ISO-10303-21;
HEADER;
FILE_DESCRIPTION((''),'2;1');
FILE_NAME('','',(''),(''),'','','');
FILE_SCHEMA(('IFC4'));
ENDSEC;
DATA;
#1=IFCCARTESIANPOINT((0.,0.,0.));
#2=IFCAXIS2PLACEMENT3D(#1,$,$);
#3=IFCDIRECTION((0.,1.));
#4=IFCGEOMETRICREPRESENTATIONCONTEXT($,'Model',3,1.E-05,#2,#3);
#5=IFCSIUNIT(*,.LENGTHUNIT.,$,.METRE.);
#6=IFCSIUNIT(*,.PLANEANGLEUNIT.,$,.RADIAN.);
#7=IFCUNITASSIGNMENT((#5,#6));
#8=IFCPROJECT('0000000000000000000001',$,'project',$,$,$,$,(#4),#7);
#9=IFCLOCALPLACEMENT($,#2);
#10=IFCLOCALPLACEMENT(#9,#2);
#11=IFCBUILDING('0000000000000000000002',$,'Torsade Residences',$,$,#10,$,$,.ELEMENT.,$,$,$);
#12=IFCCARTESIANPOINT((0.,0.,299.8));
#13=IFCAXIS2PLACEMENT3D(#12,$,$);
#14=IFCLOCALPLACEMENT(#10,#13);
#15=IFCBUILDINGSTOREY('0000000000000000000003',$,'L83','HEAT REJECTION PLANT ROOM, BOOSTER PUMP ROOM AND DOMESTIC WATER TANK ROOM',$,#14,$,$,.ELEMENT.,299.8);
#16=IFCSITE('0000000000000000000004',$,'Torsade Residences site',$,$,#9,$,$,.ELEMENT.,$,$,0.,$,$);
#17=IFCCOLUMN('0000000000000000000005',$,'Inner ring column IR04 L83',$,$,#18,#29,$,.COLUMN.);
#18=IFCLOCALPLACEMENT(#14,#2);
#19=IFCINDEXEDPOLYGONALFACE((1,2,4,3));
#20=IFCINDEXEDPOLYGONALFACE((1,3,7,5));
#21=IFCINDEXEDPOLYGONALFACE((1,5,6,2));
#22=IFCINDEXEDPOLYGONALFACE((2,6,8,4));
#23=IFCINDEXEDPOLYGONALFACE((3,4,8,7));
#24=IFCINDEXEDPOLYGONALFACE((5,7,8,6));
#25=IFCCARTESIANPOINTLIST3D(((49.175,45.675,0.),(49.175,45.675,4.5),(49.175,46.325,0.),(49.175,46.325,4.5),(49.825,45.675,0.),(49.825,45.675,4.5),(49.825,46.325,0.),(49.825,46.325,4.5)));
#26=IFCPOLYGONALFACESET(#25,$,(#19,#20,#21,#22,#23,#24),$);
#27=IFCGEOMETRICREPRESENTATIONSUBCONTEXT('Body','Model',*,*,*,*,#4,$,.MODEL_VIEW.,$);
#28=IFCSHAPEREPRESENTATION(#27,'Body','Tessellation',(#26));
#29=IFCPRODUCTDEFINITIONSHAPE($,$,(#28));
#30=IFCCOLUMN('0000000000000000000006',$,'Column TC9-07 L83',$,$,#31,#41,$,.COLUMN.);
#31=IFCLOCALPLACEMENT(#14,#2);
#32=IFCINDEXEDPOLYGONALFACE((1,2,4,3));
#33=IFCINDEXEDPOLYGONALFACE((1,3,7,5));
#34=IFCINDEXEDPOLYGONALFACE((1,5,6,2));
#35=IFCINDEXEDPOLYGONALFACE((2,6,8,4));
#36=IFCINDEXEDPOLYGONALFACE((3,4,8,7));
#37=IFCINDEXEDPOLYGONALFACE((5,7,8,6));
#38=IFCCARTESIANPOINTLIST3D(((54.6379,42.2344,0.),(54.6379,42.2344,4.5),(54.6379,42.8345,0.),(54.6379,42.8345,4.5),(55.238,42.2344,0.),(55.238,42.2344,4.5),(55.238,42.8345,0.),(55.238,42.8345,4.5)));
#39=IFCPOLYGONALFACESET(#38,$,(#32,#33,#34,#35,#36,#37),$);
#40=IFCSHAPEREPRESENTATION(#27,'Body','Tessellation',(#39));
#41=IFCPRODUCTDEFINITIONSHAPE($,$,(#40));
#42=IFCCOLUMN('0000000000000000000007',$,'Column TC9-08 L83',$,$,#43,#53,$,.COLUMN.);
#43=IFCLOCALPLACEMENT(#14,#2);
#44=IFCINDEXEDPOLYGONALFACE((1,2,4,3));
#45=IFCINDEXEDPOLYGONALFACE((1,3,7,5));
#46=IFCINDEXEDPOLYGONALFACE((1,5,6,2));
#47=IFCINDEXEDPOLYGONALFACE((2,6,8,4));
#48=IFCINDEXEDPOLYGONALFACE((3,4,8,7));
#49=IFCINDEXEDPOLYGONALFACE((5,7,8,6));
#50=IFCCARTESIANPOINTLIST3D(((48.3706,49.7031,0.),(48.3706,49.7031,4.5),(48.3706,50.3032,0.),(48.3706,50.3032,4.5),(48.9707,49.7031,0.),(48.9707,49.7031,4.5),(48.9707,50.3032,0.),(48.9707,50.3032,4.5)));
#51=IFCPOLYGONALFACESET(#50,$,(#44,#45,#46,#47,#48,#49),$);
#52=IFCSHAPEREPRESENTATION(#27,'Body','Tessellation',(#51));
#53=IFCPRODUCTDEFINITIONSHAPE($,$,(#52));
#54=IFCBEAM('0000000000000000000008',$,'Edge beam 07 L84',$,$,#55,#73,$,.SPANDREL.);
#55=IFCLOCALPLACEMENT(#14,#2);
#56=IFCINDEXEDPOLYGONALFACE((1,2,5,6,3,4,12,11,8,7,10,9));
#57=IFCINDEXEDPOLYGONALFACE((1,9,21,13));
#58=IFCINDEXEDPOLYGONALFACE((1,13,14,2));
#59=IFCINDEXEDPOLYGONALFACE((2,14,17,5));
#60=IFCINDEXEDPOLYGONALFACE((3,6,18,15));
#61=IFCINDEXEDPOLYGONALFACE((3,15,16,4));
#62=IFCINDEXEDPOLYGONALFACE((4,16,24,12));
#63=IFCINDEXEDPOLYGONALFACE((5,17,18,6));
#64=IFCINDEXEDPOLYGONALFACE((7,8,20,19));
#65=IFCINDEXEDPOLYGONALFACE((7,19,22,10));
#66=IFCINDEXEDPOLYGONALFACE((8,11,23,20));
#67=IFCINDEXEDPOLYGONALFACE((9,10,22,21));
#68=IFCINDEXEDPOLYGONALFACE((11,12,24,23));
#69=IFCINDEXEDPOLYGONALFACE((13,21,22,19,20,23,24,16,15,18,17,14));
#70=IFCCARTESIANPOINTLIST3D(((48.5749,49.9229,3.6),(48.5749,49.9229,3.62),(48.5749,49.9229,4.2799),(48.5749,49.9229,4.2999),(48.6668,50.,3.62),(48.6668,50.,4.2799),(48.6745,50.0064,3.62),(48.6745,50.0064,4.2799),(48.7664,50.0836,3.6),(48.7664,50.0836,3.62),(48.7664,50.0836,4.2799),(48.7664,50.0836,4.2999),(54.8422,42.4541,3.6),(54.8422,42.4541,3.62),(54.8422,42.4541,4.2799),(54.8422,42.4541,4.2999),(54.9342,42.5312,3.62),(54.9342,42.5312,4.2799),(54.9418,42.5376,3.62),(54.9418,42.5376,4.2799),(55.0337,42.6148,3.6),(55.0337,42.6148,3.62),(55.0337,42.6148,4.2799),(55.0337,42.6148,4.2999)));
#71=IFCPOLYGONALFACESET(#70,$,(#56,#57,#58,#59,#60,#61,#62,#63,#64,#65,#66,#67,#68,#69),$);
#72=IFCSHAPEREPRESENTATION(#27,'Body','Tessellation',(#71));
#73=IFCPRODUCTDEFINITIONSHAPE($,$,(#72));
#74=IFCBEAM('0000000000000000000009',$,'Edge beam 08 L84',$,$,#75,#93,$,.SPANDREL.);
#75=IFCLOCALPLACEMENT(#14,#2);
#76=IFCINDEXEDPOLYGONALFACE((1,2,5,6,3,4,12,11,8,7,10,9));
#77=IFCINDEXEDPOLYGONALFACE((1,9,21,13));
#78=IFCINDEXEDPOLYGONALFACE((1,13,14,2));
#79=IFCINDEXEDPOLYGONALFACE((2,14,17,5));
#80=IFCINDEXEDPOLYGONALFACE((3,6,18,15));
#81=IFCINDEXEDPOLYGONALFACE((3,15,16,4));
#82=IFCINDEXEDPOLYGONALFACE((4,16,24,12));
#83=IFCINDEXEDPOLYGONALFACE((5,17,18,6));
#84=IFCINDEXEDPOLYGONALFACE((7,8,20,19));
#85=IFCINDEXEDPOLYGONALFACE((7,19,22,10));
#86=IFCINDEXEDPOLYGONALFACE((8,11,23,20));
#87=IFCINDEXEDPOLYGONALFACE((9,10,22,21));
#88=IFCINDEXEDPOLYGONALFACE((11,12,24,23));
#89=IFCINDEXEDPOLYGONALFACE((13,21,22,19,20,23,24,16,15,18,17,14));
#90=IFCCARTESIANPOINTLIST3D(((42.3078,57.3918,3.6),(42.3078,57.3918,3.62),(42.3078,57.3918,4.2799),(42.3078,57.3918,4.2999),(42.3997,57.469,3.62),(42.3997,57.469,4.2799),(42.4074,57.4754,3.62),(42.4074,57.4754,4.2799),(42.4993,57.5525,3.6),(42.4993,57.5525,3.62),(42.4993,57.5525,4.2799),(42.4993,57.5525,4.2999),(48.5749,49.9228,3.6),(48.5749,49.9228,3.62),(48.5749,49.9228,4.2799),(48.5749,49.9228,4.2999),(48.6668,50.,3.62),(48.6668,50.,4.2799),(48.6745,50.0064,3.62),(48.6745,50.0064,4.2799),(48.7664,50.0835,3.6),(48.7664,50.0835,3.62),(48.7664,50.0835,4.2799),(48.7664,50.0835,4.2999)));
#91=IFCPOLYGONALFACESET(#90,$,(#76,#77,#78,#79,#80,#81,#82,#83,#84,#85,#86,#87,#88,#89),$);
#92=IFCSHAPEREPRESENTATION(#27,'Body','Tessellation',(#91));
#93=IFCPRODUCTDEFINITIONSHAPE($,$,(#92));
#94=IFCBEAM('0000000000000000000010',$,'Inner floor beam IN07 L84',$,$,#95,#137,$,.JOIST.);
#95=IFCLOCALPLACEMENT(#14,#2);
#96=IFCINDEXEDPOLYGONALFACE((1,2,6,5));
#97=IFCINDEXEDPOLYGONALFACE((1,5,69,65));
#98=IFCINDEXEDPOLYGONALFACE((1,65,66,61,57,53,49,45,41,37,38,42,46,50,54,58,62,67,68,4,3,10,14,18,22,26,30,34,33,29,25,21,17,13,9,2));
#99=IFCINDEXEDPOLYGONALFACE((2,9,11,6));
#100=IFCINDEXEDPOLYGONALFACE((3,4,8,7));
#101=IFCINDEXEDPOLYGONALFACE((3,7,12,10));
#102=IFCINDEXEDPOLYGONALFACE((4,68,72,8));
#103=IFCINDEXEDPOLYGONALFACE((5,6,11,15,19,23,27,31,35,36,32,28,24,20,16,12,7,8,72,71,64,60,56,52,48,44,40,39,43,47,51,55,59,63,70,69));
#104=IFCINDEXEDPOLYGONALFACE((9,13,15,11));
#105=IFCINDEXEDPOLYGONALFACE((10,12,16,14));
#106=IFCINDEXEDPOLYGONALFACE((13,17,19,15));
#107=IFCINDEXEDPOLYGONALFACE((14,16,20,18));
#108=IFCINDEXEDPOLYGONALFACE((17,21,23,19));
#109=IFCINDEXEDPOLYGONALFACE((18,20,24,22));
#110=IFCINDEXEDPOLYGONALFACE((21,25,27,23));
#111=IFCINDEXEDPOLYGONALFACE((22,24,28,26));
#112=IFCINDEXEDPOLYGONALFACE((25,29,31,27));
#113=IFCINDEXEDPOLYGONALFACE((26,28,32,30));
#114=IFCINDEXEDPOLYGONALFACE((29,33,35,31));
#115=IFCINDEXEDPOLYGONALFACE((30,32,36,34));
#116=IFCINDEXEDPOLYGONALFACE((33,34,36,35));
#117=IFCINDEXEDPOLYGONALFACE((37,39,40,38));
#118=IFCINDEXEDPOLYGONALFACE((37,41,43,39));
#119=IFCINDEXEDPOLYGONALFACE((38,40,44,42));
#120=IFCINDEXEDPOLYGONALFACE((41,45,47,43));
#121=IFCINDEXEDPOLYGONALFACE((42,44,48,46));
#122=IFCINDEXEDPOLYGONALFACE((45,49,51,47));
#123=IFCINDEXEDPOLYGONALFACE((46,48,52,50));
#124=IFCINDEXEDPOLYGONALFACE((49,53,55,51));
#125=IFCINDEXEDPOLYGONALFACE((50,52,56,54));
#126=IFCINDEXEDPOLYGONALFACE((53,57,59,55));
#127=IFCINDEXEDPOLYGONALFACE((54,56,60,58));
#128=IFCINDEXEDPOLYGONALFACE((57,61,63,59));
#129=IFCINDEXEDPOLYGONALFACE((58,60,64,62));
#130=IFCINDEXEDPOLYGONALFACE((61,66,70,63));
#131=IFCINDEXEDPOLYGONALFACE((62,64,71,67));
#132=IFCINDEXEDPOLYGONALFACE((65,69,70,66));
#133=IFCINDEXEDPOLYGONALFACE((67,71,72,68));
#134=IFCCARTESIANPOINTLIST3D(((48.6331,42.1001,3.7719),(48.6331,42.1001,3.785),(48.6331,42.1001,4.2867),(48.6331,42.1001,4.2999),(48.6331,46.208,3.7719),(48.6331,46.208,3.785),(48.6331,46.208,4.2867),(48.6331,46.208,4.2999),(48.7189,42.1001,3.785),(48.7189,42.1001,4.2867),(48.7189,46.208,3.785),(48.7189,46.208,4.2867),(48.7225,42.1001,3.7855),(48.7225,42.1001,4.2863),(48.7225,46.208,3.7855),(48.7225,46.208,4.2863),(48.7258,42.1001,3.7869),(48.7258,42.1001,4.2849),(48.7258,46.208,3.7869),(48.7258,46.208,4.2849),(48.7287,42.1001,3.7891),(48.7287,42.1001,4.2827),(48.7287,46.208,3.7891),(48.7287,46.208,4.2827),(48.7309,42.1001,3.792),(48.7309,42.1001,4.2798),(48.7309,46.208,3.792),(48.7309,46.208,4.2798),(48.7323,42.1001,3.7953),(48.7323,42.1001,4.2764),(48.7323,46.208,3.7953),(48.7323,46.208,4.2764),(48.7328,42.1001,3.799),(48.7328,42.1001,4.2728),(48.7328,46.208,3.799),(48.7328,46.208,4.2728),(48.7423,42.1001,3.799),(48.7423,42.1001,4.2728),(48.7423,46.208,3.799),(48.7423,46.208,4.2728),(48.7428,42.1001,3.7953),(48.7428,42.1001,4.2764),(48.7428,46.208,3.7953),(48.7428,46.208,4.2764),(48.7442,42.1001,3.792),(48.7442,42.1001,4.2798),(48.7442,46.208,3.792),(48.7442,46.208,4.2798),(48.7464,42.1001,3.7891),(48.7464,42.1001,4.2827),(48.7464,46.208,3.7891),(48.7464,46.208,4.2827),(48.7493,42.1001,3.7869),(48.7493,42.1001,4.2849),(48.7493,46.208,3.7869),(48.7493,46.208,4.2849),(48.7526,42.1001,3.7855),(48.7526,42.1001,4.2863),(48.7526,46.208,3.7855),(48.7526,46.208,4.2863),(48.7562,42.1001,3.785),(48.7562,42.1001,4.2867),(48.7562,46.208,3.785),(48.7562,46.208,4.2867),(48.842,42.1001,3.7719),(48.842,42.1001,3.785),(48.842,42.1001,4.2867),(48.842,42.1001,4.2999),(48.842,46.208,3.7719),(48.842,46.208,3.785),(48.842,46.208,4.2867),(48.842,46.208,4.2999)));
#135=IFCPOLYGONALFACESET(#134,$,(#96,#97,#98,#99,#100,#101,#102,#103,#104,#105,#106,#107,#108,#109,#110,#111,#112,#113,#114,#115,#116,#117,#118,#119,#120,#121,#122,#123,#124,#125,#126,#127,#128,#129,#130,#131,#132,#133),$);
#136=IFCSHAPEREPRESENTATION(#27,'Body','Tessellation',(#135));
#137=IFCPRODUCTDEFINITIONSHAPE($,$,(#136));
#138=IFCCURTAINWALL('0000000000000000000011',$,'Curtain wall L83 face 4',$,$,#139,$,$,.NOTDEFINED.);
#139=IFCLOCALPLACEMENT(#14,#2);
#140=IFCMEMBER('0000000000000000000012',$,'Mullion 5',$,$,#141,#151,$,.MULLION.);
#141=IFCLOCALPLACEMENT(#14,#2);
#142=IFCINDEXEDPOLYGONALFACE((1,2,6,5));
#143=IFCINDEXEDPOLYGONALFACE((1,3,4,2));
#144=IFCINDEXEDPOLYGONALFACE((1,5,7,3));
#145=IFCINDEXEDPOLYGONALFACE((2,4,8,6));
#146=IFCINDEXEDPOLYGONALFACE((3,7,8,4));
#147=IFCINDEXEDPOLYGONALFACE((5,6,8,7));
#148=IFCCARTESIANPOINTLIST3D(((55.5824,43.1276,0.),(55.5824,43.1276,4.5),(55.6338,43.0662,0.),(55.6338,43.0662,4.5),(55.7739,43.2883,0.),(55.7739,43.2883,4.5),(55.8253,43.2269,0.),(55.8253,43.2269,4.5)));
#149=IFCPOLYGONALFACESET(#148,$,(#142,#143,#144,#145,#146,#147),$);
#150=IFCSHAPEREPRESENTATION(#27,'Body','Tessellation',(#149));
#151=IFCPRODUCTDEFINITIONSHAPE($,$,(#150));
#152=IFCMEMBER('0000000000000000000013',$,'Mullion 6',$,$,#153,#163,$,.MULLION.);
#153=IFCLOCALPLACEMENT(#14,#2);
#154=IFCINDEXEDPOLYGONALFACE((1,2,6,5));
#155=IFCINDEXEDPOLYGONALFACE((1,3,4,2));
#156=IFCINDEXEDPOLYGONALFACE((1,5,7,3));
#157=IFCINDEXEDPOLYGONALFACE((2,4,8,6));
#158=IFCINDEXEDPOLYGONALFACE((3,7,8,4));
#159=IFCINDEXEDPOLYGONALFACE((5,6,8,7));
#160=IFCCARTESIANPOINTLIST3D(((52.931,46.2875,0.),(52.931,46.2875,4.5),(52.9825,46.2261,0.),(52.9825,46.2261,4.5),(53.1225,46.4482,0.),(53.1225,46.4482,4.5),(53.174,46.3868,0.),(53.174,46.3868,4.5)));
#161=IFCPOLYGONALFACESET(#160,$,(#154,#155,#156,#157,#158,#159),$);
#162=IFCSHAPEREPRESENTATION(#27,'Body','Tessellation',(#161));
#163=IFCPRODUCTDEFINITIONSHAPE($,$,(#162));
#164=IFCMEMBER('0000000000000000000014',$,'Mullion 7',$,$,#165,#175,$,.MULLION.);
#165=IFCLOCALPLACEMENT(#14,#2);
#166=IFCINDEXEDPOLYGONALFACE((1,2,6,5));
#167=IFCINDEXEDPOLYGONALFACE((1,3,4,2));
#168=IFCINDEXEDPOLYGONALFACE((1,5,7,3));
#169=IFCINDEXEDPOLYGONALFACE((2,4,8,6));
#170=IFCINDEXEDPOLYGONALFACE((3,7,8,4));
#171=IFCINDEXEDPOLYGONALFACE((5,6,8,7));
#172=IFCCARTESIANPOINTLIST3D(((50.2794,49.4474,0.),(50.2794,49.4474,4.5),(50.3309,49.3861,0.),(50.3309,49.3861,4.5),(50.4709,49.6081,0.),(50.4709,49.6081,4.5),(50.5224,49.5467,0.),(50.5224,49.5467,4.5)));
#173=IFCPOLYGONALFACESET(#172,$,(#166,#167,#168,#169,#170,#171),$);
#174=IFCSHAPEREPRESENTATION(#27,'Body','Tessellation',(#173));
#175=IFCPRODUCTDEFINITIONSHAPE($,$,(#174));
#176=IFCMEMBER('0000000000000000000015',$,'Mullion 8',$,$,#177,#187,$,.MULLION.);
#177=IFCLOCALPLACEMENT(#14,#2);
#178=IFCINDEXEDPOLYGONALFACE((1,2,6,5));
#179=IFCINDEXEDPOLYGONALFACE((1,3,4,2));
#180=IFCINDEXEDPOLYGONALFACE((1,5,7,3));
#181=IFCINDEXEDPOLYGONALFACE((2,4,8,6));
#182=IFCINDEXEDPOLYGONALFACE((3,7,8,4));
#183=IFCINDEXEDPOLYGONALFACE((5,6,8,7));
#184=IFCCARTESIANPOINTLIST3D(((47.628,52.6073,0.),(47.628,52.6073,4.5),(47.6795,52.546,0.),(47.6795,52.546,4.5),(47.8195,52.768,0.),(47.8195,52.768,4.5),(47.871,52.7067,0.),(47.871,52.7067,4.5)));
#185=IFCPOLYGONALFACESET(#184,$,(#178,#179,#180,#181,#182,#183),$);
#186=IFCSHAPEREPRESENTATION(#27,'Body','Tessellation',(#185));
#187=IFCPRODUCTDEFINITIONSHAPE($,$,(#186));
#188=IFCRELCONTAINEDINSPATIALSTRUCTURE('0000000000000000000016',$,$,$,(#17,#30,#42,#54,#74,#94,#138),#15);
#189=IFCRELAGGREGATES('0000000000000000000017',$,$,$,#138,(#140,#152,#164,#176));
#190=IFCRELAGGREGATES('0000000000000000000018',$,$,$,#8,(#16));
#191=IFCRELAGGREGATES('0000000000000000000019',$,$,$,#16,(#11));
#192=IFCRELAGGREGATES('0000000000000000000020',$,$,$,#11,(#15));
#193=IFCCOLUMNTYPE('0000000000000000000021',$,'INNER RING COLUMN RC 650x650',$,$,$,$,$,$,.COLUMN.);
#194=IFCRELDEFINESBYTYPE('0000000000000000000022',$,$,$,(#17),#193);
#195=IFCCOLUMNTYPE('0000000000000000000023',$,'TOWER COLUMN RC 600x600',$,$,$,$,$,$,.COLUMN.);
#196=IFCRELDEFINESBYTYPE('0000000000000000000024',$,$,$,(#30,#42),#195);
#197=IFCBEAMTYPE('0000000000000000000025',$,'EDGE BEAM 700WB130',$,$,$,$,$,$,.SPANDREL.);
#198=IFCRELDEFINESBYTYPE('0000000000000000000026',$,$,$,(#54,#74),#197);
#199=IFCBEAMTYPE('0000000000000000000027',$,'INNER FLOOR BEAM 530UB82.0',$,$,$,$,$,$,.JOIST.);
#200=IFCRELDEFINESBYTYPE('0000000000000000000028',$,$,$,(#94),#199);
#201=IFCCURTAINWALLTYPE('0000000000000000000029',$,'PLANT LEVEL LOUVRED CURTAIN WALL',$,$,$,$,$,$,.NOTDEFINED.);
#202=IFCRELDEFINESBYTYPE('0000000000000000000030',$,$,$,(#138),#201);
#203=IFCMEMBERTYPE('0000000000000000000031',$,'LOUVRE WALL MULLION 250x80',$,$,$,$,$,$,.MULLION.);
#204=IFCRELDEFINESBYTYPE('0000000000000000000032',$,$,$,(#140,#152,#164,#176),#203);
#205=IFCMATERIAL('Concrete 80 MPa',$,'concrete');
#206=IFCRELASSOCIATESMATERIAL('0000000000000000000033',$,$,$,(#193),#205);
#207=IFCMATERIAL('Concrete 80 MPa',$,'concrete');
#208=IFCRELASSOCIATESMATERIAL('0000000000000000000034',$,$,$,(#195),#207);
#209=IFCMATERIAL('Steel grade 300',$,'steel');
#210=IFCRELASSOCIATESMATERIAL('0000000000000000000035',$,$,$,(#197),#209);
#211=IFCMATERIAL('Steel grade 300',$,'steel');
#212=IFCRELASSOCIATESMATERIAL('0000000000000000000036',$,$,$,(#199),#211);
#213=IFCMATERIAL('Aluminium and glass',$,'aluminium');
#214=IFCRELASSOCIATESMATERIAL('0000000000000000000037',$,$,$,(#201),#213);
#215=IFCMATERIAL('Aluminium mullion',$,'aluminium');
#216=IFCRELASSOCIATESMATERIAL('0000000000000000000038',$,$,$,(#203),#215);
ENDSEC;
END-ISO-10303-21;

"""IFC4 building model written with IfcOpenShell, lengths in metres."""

from ifc_helpers import new_model, si_unit, direction, frame, origin, origin_2d, place, context, subcontext, project, spatial, rectangle, i_section, extrude, material, material_profile, profile_set, type_object, element, aggregate, save


model = new_model("IFC4")

# Units and contexts
model_context = context("Model", 3, precision=1e-05, world=origin(), true_north=direction((0.0, 1.0)))
body_context = subcontext(model_context, "Body", "Model", "MODEL_VIEW")
ifc_project = project(units=[si_unit("LENGTHUNIT", "METRE"), si_unit("PLANEANGLEUNIT", "RADIAN")], contexts=[model_context])

# Site, building, storey
site_placement = place(None, origin())
site = spatial("IfcSite", under=ifc_project, at=site_placement, Name="Torsade Residences site", CompositionType="ELEMENT", RefElevation=0.0)
building_placement = place(site_placement, origin())
building = spatial("IfcBuilding", under=site, at=building_placement, Name="Torsade Residences", CompositionType="ELEMENT")
storey_placement = place(building_placement, frame((0.0, 0.0, 299.8)))
storey = spatial("IfcBuildingStorey", under=building, at=storey_placement, Name="L83", Description="HEAT REJECTION PLANT ROOM, BOOSTER PUMP ROOM AND DOMESTIC WATER TANK ROOM", CompositionType="ELEMENT", Elevation=299.8)

# Columns
ifc_material_1 = material(Name="Concrete 80 MPa", Category="concrete")
ifc_material_profile_1 = material_profile(ifc_material_1, rectangle(XDim=0.6499, YDim=0.6499, at=origin_2d()), Name="RC 650x650")
ifc_profile_set_1 = profile_set([ifc_material_profile_1], Name="Concrete 80 MPa")
column_type_1 = type_object("IfcColumnType", Name="INNER RING COLUMN RC 650x650", PredefinedType="COLUMN", material=ifc_profile_set_1)
column_placement = place(storey_placement, frame((49.5, 46.0, 0.0), z_axis=(0.0, 0.0, 1.0), x_axis=(1.0, 0.0, 0.0)))
element("IfcColumn", 1, at=column_placement, inside=storey, type_object=column_type_1, Name="Inner ring column IR04 L83", PredefinedType="COLUMN", context=body_context, shape_type="SweptSolid", body=[
    extrude(rectangle(XDim=0.6499, YDim=0.6499, at=origin_2d()), origin(), (0.0, 0.0, 1.0), 4.5),
])
ifc_material_2 = material(Name="Concrete 80 MPa", Category="concrete")
ifc_material_profile_2 = material_profile(ifc_material_2, rectangle(XDim=0.6001, YDim=0.6001, at=origin_2d()), Name="RC 600x600")
ifc_profile_set_2 = profile_set([ifc_material_profile_2], Name="Concrete 80 MPa")
column_type_2 = type_object("IfcColumnType", Name="TOWER COLUMN RC 600x600", PredefinedType="COLUMN", material=ifc_profile_set_2)
for number, where, z_axis, x_axis, name in (
    (2, (54.938, 42.5344, 0.0), (0.0, 0.0, 1.0), (1.0, 0.0, 0.0), "Column TC9-07 L83"),
    (3, (48.6707, 50.0032, 0.0), (0.0, 0.0, 1.0), (1.0, 0.0, 0.0), "Column TC9-08 L83"),
):
    element("IfcColumn", number, at=place(storey_placement, frame(where, z_axis=z_axis, x_axis=x_axis)), inside=storey, type_object=column_type_2, Name=name, PredefinedType="COLUMN", context=body_context, shape_type="SweptSolid", body=[
        extrude(rectangle(XDim=0.6001, YDim=0.6001, at=origin_2d()), origin(), (0.0, 0.0, 1.0), 4.5),
    ])

# Beams
ifc_material_3 = material(Name="Steel grade 300", Category="steel")
ifc_material_profile_3 = material_profile(ifc_material_3, i_section(OverallWidth=0.25, OverallDepth=0.7, WebThickness=0.01, FlangeThickness=0.02, at=origin_2d()), Name="700WB130")
ifc_profile_set_3 = profile_set([ifc_material_profile_3], Name="Steel grade 300")
beam_type_1 = type_object("IfcBeamType", Name="EDGE BEAM 700WB130", PredefinedType="SPANDREL", material=ifc_profile_set_3)
for number, where, z_axis, x_axis, name in (
    (4, (54.938, 42.5344, 3.95), (-0.642806, 0.766029, 0.0), (-0.766029, -0.642806, 0.0), "Edge beam 07 L84"),
    (5, (48.6707, 50.0032, 3.95), (-0.642779, 0.766052, 0.0), (-0.766052, -0.642779, 0.0), "Edge beam 08 L84"),
):
    element("IfcBeam", number, at=place(storey_placement, frame(where, z_axis=z_axis, x_axis=x_axis)), inside=storey, type_object=beam_type_1, Name=name, PredefinedType="SPANDREL", context=body_context, shape_type="SweptSolid", body=[
        extrude(i_section(OverallWidth=0.25, OverallDepth=0.7, WebThickness=0.01, FlangeThickness=0.02, at=origin_2d()), origin(), (0.0, 0.0, 1.0), 9.75),
    ])
ifc_material_4 = material(Name="Steel grade 300", Category="steel")
ifc_material_profile_4 = material_profile(ifc_material_4, i_section(OverallWidth=0.209, OverallDepth=0.5281, WebThickness=0.0095, FlangeThickness=0.0132, FilletRadius=0.0139, at=origin_2d()), Name="530UB82.0")
ifc_profile_set_4 = profile_set([ifc_material_profile_4], Name="Steel grade 300")
beam_type_2 = type_object("IfcBeamType", Name="INNER FLOOR BEAM 530UB82.0", PredefinedType="JOIST", material=ifc_profile_set_4)
beam_1_placement = place(storey_placement, frame((48.7375, 42.1001, 4.0359), z_axis=(0.0, 1.0, 0.0), x_axis=(-1.0, 0.0, 0.0)))
element("IfcBeam", 6, at=beam_1_placement, inside=storey, type_object=beam_type_2, Name="Inner floor beam IN07 L84", PredefinedType="JOIST", context=body_context, shape_type="SweptSolid", body=[
    extrude(i_section(OverallWidth=0.209, OverallDepth=0.5281, WebThickness=0.0095, FlangeThickness=0.0132, FilletRadius=0.0139, at=origin_2d()), origin(), (0.0, 0.0, 1.0), 4.1079),
])

# Curtain wall, members
ifc_material_5 = material(Name="Aluminium and glass", Category="aluminium")
curtain_wall_type = type_object("IfcCurtainWallType", Name="PLANT LEVEL LOUVRED CURTAIN WALL", PredefinedType="NOTDEFINED", material=ifc_material_5)
curtain_wall_placement = place(storey_placement, origin())
curtain_wall = element("IfcCurtainWall", 7, at=curtain_wall_placement, inside=storey, type_object=curtain_wall_type, Name="Curtain wall L83 face 4", PredefinedType="NOTDEFINED")
ifc_material_6 = material(Name="Aluminium mullion", Category="aluminium")
ifc_material_profile_5 = material_profile(ifc_material_6, rectangle(XDim=0.25, YDim=0.0801, at=origin_2d()), Name="LOUVRE WALL MULLION 250x80")
ifc_profile_set_5 = profile_set([ifc_material_profile_5], Name="Aluminium mullion")
member_type_1 = type_object("IfcMemberType", Name="LOUVRE WALL MULLION 250x80", PredefinedType="MULLION", material=ifc_profile_set_5)
member_1_placement = place(storey_placement, frame((55.7039, 43.1772, 0.0), z_axis=(0.0, 0.0, 1.0), x_axis=(-0.766044, -0.642788, 0.0)))
member_1 = element("IfcMember", 8, at=member_1_placement, type_object=member_type_1, Name="Mullion 5", PredefinedType="MULLION", context=body_context, shape_type="SweptSolid", body=[
    extrude(rectangle(XDim=0.25, YDim=0.0801, at=origin_2d()), origin(), (0.0, 0.0, 1.0), 4.5),
])
member_2_placement = place(storey_placement, frame((53.0525, 46.3372, 0.0), z_axis=(0.0, 0.0, 1.0), x_axis=(-0.766044, -0.642788, 0.0)))
member_2 = element("IfcMember", 9, at=member_2_placement, type_object=member_type_1, Name="Mullion 6", PredefinedType="MULLION", context=body_context, shape_type="SweptSolid", body=[
    extrude(rectangle(XDim=0.25, YDim=0.0801, at=origin_2d()), origin(), (0.0, 0.0, 1.0), 4.5),
])
member_3_placement = place(storey_placement, frame((50.4009, 49.4971, 0.0), z_axis=(0.0, 0.0, 1.0), x_axis=(-0.766044, -0.642788, 0.0)))
member_3 = element("IfcMember", 10, at=member_3_placement, type_object=member_type_1, Name="Mullion 7", PredefinedType="MULLION", context=body_context, shape_type="SweptSolid", body=[
    extrude(rectangle(XDim=0.25, YDim=0.0801, at=origin_2d()), origin(), (0.0, 0.0, 1.0), 4.5),
])
member_4_placement = place(storey_placement, frame((47.7495, 52.657, 0.0), z_axis=(0.0, 0.0, 1.0), x_axis=(-0.766044, -0.642788, 0.0)))
member_4 = element("IfcMember", 11, at=member_4_placement, type_object=member_type_1, Name="Mullion 8", PredefinedType="MULLION", context=body_context, shape_type="SweptSolid", body=[
    extrude(rectangle(XDim=0.25, YDim=0.0801, at=origin_2d()), origin(), (0.0, 0.0, 1.0), 4.5),
])

aggregate(curtain_wall, [member_1, member_2, member_3, member_4])

save(model, "model.ifc")
